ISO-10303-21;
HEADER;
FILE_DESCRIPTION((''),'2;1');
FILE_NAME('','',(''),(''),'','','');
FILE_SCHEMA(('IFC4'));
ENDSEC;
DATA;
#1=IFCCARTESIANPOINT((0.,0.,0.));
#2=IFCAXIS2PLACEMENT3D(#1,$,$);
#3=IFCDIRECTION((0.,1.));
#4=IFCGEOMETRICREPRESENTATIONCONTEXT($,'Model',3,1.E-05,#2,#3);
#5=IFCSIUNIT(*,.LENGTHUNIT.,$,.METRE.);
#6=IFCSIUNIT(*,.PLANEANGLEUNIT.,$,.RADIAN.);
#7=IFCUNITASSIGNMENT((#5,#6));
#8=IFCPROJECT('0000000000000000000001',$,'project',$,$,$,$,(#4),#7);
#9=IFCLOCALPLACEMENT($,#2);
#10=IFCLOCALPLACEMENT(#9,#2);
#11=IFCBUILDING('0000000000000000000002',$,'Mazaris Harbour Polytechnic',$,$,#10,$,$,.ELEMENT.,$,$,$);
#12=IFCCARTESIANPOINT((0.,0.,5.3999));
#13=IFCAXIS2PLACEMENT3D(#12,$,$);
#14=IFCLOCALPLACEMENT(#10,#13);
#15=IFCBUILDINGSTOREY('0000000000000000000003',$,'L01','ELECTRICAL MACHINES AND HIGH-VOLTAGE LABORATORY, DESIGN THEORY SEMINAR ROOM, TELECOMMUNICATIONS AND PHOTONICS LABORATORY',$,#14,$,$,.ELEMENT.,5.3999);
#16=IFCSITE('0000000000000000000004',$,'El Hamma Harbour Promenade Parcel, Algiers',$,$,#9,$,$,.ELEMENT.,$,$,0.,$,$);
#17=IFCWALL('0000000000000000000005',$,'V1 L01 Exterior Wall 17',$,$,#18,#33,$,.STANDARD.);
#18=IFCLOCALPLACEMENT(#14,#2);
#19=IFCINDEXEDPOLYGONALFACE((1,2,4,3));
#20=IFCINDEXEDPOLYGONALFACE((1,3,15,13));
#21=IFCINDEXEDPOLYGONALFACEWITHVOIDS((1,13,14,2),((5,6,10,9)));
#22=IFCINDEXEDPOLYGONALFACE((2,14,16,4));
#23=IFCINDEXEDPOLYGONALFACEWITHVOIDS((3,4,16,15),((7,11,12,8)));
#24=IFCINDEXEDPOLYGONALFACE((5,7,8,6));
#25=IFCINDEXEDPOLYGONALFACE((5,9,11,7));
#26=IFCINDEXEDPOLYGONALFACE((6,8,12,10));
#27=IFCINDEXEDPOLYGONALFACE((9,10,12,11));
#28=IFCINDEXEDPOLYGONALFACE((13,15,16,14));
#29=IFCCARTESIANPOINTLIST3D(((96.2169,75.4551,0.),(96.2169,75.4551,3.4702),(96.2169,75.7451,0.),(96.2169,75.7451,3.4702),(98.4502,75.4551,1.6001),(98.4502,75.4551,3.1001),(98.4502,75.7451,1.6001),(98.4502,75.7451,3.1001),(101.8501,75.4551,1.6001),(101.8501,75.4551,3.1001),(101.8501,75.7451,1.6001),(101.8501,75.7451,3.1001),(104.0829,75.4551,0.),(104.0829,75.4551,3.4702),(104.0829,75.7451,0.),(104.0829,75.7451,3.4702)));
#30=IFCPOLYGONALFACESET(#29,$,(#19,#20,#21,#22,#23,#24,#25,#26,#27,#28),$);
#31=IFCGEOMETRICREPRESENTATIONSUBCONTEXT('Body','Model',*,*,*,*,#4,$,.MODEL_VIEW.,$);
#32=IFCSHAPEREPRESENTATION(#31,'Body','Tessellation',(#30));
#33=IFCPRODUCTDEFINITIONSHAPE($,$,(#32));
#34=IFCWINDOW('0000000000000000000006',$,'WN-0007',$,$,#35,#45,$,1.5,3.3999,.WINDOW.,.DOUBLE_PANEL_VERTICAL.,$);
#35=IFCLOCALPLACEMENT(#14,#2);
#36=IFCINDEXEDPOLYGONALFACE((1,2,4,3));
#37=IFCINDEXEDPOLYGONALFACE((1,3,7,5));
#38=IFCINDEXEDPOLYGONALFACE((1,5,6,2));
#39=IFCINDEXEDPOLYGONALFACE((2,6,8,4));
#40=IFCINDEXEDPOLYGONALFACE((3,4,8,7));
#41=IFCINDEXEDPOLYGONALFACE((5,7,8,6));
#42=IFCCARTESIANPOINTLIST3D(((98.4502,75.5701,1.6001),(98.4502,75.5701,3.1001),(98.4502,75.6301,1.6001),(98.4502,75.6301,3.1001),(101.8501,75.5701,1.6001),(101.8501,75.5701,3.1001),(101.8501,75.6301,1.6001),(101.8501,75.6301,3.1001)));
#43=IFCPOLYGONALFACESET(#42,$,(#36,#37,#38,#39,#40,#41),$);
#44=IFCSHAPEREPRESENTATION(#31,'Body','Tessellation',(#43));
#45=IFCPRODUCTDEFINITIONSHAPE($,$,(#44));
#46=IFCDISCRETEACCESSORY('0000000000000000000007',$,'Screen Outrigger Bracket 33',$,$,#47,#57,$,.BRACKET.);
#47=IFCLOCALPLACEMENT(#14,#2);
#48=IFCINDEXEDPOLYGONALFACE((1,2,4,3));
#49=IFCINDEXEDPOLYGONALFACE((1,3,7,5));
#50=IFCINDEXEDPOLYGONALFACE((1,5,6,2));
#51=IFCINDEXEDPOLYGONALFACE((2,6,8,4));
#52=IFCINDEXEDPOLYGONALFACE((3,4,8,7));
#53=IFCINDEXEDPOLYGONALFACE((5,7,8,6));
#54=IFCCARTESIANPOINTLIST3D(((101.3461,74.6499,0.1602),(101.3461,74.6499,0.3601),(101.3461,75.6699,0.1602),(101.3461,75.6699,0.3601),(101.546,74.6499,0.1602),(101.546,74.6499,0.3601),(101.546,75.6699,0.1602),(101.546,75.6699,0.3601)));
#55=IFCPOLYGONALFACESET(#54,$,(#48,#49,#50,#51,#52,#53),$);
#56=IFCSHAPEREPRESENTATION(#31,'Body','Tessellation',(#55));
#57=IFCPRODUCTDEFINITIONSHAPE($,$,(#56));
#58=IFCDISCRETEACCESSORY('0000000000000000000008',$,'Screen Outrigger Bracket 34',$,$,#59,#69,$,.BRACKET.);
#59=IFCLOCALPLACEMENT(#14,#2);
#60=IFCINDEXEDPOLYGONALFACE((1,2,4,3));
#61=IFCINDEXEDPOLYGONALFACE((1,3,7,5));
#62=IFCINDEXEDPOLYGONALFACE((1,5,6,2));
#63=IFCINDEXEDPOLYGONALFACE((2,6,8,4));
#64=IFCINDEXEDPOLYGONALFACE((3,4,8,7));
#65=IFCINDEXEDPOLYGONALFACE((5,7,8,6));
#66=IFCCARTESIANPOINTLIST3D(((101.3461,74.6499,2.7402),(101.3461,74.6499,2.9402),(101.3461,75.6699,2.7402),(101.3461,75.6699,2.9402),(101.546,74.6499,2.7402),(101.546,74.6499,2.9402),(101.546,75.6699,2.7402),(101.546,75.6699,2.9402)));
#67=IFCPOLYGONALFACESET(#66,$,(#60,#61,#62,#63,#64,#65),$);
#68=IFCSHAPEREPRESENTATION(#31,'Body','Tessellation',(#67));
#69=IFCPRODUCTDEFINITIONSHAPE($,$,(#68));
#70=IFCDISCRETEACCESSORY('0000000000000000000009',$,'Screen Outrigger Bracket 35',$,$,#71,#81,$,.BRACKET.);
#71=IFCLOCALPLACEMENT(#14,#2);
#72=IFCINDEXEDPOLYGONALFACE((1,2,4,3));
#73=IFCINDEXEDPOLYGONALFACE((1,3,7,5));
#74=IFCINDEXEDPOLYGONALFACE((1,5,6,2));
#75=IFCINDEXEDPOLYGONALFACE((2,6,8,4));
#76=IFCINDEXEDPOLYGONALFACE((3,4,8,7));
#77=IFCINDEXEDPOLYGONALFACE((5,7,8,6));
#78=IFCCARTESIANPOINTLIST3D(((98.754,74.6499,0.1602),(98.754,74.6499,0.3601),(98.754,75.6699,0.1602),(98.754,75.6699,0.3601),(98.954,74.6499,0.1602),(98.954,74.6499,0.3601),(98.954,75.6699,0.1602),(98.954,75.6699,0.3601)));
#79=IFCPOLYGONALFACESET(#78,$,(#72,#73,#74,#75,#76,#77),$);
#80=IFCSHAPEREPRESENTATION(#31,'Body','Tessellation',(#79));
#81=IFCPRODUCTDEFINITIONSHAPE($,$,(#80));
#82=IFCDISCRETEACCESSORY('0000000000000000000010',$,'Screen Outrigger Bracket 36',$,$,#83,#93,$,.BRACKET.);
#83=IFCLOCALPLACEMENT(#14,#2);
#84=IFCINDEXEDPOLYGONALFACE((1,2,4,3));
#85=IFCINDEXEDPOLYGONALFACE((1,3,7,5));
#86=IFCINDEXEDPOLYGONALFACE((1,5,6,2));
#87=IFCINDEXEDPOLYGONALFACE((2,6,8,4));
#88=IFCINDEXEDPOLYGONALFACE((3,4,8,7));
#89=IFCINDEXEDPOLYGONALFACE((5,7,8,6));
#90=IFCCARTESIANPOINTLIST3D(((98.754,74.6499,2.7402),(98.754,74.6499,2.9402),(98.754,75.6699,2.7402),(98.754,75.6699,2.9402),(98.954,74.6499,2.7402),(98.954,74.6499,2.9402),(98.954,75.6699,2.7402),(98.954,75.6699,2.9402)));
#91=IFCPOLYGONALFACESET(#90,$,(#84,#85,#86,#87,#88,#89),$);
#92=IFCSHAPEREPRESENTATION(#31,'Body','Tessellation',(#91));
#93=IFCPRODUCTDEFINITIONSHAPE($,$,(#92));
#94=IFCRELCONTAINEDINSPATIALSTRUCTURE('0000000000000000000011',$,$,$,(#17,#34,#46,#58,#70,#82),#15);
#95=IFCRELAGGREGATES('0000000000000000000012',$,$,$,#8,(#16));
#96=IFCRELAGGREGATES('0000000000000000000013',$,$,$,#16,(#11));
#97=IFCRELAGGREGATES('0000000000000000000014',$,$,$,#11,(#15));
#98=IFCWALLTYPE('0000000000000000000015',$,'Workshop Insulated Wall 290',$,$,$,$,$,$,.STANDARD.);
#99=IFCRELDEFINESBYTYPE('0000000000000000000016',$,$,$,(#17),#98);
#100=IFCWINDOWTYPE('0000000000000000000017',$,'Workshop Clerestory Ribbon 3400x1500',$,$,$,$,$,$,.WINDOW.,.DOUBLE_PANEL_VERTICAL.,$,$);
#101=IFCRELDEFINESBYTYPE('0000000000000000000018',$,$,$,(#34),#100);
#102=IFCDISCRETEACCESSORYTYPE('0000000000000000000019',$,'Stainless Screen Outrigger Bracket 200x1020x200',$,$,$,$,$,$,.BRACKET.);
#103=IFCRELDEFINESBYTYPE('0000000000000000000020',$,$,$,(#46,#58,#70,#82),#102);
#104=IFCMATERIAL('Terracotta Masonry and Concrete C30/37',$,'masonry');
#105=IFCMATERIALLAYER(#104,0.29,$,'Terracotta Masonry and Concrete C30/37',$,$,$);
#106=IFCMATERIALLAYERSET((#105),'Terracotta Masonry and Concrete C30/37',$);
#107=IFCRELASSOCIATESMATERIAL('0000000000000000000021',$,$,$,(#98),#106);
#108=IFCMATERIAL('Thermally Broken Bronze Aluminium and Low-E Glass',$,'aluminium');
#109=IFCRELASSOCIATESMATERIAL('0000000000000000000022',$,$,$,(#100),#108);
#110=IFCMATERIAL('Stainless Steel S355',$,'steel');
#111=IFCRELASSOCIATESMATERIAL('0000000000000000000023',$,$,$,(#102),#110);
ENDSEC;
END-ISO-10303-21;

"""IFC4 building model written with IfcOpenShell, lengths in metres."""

from ifc_helpers import new_model, si_unit, direction, frame, frame_2d, origin, origin_2d, place, context, subcontext, project, spatial, rectangle, extrude, material, layer, layer_set, type_object, element, fill, save


model = new_model("IFC4")

# Units and contexts
model_context = context("Model", 3, precision=1e-05, world=origin(), true_north=direction((0.0, 1.0)))
body_context = subcontext(model_context, "Body", "Model", "MODEL_VIEW")
ifc_project = project(units=[si_unit("LENGTHUNIT", "METRE"), si_unit("PLANEANGLEUNIT", "RADIAN")], contexts=[model_context])

# Site, building, storey
site_placement = place(None, origin())
site = spatial("IfcSite", under=ifc_project, at=site_placement, Name="El Hamma Harbour Promenade Parcel, Algiers", CompositionType="ELEMENT", RefElevation=0.0)
building_placement = place(site_placement, origin())
building = spatial("IfcBuilding", under=site, at=building_placement, Name="Mazaris Harbour Polytechnic", CompositionType="ELEMENT")
storey_placement = place(building_placement, frame((0.0, 0.0, 5.3999)))
storey = spatial("IfcBuildingStorey", under=building, at=storey_placement, Name="L01", Description="ELECTRICAL MACHINES AND HIGH-VOLTAGE LABORATORY, DESIGN THEORY SEMINAR ROOM, TELECOMMUNICATIONS AND PHOTONICS LABORATORY", CompositionType="ELEMENT", Elevation=5.3999)

# Wall, opening, window
ifc_material_1 = material(Name="Terracotta Masonry and Concrete C30/37", Category="masonry")
ifc_layer_1 = layer(ifc_material_1, 0.29, Name="Terracotta Masonry and Concrete C30/37")
ifc_layer_set_1 = layer_set([ifc_layer_1], Name="Terracotta Masonry and Concrete C30/37")
wall_type_1 = type_object("IfcWallType", Name="Workshop Insulated Wall 290", PredefinedType="STANDARD", material=ifc_layer_set_1)
wall_1_placement = place(storey_placement, frame((104.083, 75.6001, 0.0), z_axis=(0.0, 0.0, 1.0), x_axis=(-1.0, 0.0, 0.0)))
wall_1 = element("IfcWall", 1, at=wall_1_placement, inside=storey, type_object=wall_type_1, Name="V1 L01 Exterior Wall 17", PredefinedType="STANDARD", context=body_context, shape_type="SweptSolid", body=[
    extrude(rectangle(XDim=7.866, YDim=0.29, at=frame_2d((3.9331, 0.0))), origin(), (0.0, 0.0, 1.0), 3.4702),
])
opening_placement = place(wall_1_placement, frame((2.2329, 0.0, 1.6001)))
opening = element("IfcOpeningElement", 2, at=opening_placement, cuts=wall_1, PredefinedType="OPENING", context=body_context, shape_type="SweptSolid", body=[
    extrude(rectangle(XDim=3.3999, YDim=1.5, at=frame_2d((1.7, 0.75))), frame((0.0, 0.155, 0.0), z_axis=(0.0, -1.0, 0.0), x_axis=(1.0, 0.0, 0.0)), (0.0, 0.0, 1.0), 0.3101),
])
ifc_material_2 = material(Name="Thermally Broken Bronze Aluminium and Low-E Glass", Category="aluminium")
window_type = type_object("IfcWindowType", Name="Workshop Clerestory Ribbon 3400x1500", PartitioningType="DOUBLE_PANEL_VERTICAL", PredefinedType="WINDOW", material=ifc_material_2)
window_placement = place(opening_placement, origin())
window = element("IfcWindow", 3, at=window_placement, inside=storey, type_object=window_type, Name="WN-0007", OverallHeight=1.5, OverallWidth=3.3999, PartitioningType="DOUBLE_PANEL_VERTICAL", PredefinedType="WINDOW", context=body_context, shape_type="SweptSolid", body=[
    extrude(rectangle(XDim=3.3999, YDim=1.5, at=frame_2d((1.7, 0.75))), frame((0.0, 0.03, 0.0), z_axis=(0.0, -1.0, 0.0), x_axis=(1.0, 0.0, 0.0)), (0.0, 0.0, 1.0), 0.0601),
])
fill(opening, window)

# Discrete accessories
ifc_material_3 = material(Name="Stainless Steel S355", Category="steel")
discrete_accessory_type = type_object("IfcDiscreteAccessoryType", Name="Stainless Screen Outrigger Bracket 200x1020x200", PredefinedType="BRACKET", material=ifc_material_3)
for number, where, z_axis, x_axis, name in (
    (4, (101.446, 75.1599, 0.1602), (0.0, 0.0, 1.0), (-1.0, 0.0, 0.0), "Screen Outrigger Bracket 33"),
    (5, (101.446, 75.1599, 2.7402), (0.0, 0.0, 1.0), (-1.0, 0.0, 0.0), "Screen Outrigger Bracket 34"),
    (6, (98.854, 75.1599, 0.1602), (0.0, 0.0, 1.0), (-1.0, 0.0, 0.0), "Screen Outrigger Bracket 35"),
    (7, (98.854, 75.1599, 2.7402), (0.0, 0.0, 1.0), (-1.0, 0.0, 0.0), "Screen Outrigger Bracket 36"),
):
    element("IfcDiscreteAccessory", number, at=place(storey_placement, frame(where, z_axis=z_axis, x_axis=x_axis)), inside=storey, type_object=discrete_accessory_type, Name=name, PredefinedType="BRACKET", context=body_context, shape_type="SweptSolid", body=[
        extrude(rectangle(XDim=0.2, YDim=1.02, at=origin_2d()), origin(), (0.0, 0.0, 1.0), 0.2),
    ])

save(model, "model.ifc")
